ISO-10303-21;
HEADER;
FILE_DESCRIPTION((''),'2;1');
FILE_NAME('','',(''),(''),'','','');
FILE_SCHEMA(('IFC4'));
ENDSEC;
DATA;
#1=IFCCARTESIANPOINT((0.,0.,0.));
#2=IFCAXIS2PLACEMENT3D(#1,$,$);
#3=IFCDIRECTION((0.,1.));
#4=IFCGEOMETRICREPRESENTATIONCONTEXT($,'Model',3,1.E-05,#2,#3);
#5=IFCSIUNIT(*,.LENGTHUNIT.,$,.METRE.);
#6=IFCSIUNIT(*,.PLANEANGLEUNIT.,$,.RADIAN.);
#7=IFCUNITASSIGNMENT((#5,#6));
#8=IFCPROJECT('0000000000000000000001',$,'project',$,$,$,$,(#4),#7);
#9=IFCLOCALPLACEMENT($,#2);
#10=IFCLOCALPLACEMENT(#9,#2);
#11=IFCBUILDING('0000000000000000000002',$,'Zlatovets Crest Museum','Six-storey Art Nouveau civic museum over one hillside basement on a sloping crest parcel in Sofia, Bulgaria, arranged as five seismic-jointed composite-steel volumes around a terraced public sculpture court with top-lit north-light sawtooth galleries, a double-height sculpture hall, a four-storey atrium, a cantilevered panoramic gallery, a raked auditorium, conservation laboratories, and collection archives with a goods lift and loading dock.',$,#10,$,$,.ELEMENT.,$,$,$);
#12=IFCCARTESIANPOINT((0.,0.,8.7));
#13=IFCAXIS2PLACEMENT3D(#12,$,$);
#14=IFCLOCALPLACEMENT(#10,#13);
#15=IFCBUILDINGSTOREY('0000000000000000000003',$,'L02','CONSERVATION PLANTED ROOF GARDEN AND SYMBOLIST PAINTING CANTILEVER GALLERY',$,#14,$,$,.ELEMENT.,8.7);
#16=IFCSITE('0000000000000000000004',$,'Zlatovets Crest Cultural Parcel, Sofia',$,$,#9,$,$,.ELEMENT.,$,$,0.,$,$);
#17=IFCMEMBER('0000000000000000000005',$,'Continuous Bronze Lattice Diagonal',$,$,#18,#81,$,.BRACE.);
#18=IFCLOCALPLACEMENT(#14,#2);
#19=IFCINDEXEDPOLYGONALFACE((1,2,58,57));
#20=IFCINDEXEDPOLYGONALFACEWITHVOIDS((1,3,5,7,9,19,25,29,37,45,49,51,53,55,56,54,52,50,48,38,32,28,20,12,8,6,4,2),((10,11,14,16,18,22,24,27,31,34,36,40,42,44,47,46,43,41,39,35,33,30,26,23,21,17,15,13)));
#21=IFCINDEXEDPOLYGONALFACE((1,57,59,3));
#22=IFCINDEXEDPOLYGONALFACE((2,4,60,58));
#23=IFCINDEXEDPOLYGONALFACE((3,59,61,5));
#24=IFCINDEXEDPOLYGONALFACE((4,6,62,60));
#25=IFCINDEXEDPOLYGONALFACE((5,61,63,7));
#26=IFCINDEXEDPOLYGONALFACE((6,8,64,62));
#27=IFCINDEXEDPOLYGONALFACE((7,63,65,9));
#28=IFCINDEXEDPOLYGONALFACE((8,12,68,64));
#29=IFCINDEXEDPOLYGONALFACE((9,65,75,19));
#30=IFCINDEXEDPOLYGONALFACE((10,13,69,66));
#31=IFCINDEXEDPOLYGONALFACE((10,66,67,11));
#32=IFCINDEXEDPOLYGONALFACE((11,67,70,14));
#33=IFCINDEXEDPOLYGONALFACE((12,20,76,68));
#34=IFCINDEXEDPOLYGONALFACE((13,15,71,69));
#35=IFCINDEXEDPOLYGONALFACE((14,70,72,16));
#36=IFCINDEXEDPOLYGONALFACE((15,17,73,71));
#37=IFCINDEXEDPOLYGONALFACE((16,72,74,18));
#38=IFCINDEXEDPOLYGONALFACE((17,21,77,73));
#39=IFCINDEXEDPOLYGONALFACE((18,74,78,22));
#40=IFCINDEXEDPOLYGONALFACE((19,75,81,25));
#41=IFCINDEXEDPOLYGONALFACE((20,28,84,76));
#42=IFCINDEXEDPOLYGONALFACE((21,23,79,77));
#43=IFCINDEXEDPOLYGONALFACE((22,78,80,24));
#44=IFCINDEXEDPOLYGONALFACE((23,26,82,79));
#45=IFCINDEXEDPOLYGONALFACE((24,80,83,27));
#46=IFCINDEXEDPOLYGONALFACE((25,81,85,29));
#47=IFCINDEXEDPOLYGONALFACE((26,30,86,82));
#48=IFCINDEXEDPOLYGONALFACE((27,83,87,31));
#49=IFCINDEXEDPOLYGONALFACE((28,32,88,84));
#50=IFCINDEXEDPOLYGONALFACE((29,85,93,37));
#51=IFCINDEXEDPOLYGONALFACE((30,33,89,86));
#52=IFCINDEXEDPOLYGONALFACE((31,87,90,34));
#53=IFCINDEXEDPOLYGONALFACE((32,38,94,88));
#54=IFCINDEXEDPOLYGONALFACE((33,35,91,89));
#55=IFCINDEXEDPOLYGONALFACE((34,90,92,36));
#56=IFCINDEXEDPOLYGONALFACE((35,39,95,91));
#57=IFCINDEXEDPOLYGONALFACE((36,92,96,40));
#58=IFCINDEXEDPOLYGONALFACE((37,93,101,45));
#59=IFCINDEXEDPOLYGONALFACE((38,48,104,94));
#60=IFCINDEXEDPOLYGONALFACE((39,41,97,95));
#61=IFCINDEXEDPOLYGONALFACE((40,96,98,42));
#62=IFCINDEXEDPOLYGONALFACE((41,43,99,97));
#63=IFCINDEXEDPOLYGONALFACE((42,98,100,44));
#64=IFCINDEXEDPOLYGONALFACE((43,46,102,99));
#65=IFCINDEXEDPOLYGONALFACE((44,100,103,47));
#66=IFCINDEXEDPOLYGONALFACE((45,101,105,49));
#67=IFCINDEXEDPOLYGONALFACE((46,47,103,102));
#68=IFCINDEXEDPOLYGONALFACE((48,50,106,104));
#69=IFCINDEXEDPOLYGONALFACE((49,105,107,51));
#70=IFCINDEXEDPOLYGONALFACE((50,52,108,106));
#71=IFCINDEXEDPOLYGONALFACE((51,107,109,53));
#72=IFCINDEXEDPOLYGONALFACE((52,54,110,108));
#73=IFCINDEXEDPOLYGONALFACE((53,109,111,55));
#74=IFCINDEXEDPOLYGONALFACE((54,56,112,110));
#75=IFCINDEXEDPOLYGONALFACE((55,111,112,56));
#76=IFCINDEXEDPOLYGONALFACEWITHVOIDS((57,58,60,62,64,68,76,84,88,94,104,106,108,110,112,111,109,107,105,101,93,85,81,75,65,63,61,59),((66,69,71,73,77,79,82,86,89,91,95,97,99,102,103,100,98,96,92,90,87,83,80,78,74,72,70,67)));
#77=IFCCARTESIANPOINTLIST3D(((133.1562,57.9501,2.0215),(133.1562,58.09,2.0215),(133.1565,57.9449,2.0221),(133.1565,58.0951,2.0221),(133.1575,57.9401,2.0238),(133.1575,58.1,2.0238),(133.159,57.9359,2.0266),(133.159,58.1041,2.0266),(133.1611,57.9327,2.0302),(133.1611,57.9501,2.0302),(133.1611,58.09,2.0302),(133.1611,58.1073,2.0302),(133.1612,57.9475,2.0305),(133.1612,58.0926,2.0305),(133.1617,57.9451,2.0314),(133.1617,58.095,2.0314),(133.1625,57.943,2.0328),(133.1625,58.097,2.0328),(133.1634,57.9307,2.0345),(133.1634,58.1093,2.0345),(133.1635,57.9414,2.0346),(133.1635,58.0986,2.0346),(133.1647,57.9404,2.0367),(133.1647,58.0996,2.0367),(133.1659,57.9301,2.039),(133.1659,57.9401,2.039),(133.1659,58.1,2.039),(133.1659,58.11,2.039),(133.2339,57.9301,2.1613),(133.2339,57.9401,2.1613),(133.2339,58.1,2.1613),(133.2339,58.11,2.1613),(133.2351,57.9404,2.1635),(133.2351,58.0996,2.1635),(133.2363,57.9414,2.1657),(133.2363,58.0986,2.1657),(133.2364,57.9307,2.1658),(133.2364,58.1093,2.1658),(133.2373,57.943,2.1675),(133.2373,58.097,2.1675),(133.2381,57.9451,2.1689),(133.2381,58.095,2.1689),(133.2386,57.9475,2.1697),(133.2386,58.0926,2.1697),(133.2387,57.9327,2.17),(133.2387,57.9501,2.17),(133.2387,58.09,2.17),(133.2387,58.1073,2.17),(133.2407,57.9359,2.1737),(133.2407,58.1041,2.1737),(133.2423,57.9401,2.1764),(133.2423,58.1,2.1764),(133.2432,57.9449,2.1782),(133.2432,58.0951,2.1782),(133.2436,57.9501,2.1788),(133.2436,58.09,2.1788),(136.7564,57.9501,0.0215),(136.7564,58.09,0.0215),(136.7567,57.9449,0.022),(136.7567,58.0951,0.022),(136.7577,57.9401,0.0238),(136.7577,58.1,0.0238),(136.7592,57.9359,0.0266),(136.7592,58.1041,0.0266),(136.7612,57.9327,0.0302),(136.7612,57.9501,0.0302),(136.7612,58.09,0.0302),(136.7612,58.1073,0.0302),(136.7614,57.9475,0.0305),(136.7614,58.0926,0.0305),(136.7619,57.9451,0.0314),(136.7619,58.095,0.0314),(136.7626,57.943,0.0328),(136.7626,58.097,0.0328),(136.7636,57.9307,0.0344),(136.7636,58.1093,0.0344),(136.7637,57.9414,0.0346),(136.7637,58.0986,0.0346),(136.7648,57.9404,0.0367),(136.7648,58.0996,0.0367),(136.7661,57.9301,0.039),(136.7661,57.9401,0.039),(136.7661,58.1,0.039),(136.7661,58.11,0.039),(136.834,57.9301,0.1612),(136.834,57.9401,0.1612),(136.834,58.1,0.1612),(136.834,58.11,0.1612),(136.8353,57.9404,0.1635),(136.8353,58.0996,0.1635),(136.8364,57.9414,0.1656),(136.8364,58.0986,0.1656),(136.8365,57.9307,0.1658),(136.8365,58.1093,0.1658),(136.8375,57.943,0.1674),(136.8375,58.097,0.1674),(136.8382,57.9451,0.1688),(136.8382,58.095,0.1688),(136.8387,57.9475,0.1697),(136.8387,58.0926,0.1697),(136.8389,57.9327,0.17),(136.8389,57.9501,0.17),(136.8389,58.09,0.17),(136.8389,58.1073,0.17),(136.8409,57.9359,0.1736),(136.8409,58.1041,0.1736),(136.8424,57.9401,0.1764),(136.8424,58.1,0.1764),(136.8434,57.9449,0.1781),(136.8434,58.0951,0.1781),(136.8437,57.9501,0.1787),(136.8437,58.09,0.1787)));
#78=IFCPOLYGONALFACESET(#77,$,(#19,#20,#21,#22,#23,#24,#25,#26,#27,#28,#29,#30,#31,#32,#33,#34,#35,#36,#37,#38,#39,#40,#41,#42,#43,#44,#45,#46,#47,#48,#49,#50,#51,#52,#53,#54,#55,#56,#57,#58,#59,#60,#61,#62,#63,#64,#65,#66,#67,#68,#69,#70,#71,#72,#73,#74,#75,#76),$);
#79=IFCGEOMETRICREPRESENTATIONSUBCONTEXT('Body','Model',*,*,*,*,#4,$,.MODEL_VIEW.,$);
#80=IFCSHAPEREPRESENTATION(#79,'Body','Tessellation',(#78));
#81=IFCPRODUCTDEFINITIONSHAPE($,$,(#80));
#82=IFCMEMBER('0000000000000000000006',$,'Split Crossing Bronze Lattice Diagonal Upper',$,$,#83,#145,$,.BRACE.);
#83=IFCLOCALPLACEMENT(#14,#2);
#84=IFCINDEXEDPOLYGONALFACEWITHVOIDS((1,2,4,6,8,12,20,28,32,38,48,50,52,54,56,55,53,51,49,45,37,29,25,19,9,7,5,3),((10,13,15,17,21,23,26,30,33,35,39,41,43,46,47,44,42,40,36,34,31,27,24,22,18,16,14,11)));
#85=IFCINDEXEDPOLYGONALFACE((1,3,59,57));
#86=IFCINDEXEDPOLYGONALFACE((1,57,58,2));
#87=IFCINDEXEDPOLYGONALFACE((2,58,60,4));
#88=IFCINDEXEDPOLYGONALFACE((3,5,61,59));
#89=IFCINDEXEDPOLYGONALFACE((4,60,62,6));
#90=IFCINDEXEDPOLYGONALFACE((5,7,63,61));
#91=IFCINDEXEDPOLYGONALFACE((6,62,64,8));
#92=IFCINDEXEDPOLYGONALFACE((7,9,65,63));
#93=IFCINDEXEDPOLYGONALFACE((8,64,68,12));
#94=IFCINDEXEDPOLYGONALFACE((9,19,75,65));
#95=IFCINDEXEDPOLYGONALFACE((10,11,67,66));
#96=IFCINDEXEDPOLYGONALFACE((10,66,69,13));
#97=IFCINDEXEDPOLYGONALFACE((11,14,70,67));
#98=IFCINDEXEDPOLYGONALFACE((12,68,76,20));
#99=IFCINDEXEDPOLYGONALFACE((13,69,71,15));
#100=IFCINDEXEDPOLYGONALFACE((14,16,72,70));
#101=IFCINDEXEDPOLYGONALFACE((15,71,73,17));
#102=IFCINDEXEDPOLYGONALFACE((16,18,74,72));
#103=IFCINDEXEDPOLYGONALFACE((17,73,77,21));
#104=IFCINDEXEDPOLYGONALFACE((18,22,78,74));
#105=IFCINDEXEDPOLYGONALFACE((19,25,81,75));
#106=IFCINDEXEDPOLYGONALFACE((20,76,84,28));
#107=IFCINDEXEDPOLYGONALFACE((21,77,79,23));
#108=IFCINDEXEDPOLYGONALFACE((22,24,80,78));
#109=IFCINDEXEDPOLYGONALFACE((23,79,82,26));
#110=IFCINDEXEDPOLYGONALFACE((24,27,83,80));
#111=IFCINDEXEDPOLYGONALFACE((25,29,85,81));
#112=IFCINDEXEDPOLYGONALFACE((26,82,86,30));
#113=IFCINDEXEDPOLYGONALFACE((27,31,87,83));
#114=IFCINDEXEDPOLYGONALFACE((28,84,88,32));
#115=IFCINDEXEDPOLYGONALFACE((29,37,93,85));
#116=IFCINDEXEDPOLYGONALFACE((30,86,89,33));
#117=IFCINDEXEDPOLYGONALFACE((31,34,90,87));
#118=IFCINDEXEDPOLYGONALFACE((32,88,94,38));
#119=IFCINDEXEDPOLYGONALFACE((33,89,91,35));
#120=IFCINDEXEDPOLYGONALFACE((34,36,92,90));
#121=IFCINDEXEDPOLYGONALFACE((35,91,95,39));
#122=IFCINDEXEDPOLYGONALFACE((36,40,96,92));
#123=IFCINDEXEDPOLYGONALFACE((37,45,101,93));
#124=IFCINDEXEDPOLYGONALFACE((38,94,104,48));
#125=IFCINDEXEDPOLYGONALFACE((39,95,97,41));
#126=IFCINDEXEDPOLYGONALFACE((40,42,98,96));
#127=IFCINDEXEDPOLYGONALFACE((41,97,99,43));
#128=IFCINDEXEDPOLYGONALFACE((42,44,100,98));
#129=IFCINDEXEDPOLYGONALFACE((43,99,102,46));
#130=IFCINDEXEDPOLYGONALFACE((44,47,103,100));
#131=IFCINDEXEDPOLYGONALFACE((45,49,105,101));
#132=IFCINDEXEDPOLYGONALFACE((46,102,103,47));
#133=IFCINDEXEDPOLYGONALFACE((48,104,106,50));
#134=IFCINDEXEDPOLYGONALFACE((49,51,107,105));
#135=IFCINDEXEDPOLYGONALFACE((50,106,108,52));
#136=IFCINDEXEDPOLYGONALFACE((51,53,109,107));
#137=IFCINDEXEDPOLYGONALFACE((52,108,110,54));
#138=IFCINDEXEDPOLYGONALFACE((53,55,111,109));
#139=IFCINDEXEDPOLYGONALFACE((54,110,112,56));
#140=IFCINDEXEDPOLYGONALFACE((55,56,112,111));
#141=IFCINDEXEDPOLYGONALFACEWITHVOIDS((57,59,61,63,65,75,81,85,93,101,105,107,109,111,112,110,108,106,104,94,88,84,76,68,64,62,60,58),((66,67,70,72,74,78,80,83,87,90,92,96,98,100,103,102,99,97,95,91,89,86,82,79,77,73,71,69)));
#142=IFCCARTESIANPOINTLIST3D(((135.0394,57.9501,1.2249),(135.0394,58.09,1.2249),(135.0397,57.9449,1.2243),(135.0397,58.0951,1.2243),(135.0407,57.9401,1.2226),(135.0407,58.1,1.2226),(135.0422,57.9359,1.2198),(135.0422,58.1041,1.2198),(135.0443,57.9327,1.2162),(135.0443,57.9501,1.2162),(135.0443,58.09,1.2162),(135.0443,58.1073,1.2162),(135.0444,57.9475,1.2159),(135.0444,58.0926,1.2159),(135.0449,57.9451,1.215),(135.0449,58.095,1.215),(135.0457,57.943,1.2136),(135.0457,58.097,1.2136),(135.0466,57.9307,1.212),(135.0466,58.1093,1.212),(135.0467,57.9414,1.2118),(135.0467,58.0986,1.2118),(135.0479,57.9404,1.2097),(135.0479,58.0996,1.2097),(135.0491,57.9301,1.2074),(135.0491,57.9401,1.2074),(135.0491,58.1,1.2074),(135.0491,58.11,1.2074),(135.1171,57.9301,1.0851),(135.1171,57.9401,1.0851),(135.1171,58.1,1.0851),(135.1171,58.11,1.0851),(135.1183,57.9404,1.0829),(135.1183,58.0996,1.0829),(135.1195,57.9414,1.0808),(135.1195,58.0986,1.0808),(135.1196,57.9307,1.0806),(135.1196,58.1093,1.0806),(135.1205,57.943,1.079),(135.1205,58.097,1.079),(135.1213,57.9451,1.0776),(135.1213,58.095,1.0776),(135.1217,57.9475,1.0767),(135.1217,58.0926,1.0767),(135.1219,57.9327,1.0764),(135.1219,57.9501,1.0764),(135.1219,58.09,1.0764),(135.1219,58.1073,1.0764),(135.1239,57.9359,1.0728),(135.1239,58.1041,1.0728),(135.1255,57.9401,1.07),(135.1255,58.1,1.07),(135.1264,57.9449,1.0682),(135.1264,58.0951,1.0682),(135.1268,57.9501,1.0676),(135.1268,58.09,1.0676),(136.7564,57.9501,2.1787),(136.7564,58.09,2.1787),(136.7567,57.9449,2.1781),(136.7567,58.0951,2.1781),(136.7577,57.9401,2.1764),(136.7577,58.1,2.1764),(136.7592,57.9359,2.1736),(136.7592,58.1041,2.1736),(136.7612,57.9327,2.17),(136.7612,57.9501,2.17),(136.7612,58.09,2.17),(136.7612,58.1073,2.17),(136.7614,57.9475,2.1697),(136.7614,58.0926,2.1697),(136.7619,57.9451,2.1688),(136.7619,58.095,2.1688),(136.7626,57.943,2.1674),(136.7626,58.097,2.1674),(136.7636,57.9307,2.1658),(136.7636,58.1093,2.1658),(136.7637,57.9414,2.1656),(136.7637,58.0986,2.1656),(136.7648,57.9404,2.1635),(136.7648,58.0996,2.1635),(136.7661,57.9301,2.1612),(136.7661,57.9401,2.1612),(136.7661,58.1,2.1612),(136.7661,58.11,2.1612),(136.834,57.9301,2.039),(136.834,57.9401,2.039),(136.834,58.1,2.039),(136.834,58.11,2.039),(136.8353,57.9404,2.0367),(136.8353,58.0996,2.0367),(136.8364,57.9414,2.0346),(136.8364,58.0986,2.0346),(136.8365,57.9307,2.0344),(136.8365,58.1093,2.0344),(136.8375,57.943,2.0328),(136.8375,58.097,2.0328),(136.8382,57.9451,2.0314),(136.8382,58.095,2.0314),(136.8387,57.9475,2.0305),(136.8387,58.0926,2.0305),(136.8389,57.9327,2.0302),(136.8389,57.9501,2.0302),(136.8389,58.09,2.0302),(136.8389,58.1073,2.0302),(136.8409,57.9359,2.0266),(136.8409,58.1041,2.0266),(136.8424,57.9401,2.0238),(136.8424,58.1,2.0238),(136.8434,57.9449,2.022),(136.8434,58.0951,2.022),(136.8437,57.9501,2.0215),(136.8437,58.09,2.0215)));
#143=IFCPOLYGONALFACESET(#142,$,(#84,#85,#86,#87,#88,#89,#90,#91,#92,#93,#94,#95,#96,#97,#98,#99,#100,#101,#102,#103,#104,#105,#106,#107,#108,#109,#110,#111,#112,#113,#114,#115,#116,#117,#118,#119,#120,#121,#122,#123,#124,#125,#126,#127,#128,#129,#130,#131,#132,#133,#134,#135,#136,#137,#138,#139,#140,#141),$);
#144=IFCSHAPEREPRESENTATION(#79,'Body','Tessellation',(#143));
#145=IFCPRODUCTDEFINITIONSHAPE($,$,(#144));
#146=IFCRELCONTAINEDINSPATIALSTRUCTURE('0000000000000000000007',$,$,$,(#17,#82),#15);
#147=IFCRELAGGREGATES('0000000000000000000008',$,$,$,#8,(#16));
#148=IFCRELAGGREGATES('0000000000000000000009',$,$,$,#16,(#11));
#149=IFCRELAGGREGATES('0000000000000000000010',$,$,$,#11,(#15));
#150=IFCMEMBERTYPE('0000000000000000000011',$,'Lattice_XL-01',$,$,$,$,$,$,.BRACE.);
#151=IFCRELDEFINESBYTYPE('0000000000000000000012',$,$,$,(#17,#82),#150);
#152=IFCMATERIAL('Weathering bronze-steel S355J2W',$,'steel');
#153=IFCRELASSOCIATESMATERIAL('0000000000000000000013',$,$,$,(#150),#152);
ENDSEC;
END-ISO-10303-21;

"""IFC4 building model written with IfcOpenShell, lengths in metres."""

from ifc_helpers import new_model, si_unit, direction, frame, origin, origin_2d, place, context, subcontext, project, spatial, hollow_rectangle, extrude, material, material_profile, profile_set, type_object, element, save


model = new_model("IFC4")

# Units and contexts
model_context = context("Model", 3, precision=1e-05, world=origin(), true_north=direction((0.0, 1.0)))
body_context = subcontext(model_context, "Body", "Model", "MODEL_VIEW")
ifc_project = project(units=[si_unit("LENGTHUNIT", "METRE"), si_unit("PLANEANGLEUNIT", "RADIAN")], contexts=[model_context])

# Site, building, storey
site_placement = place(None, origin())
site = spatial("IfcSite", under=ifc_project, at=site_placement, Name="Zlatovets Crest Cultural Parcel, Sofia", CompositionType="ELEMENT", RefElevation=0.0)
building_placement = place(site_placement, origin())
building = spatial("IfcBuilding", under=site, at=building_placement, Name="Zlatovets Crest Museum", Description="Six-storey Art Nouveau civic museum over one hillside basement on a sloping crest parcel in Sofia, Bulgaria, arranged as five seismic-jointed composite-steel volumes around a terraced public sculpture court with top-lit north-light sawtooth galleries, a double-height sculpture hall, a four-storey atrium, a cantilevered panoramic gallery, a raked auditorium, conservation laboratories, and collection archives with a goods lift and loading dock.", CompositionType="ELEMENT")
storey_placement = place(building_placement, frame((0.0, 0.0, 8.7)))
storey = spatial("IfcBuildingStorey", under=building, at=storey_placement, Name="L02", Description="CONSERVATION PLANTED ROOF GARDEN AND SYMBOLIST PAINTING CANTILEVER GALLERY", CompositionType="ELEMENT", Elevation=8.7)

# Members
ifc_material_1 = material(Name="Weathering bronze-steel S355J2W", Category="steel")
ifc_material_profile_1 = material_profile(ifc_material_1, hollow_rectangle(XDim=0.1799, YDim=0.1799, WallThickness=0.01, InnerFilletRadius=0.01, OuterFilletRadius=0.02, at=origin_2d()), Name="SHS 180x180x10.0")
ifc_profile_set_1 = profile_set([ifc_material_profile_1], Name="Weathering bronze-steel S355J2W")
member_type_1 = type_object("IfcMemberType", Name="Lattice_XL-01", PredefinedType="BRACE", material=ifc_profile_set_1)
member_1_placement = place(storey_placement, frame((136.8, 58.02, 0.1001), z_axis=(-0.874163, 0.0, 0.485633), x_axis=(0.0, -1.0, 0.0)))
element("IfcMember", 1, at=member_1_placement, inside=storey, type_object=member_type_1, Name="Continuous Bronze Lattice Diagonal", PredefinedType="BRACE", context=body_context, shape_type="SweptSolid", body=[
    extrude(hollow_rectangle(XDim=0.1799, YDim=0.1799, WallThickness=0.01, InnerFilletRadius=0.01, OuterFilletRadius=0.02, at=origin_2d()), origin(), (0.0, 0.0, 1.0), 4.1184),
])
for number, where, z_axis, x_axis, name in (
    (2, (136.8, 58.02, 2.1001), (-0.874169, 0.0, -0.485622), (0.0, -1.0, 0.0), "Split Crossing Bronze Lattice Diagonal Upper"),
):
    element("IfcMember", number, at=place(storey_placement, frame(where, z_axis=z_axis, x_axis=x_axis)), inside=storey, type_object=member_type_1, Name=name, PredefinedType="BRACE", context=body_context, shape_type="SweptSolid", body=[
        extrude(hollow_rectangle(XDim=0.1799, YDim=0.1799, WallThickness=0.01, InnerFilletRadius=0.01, OuterFilletRadius=0.02, at=origin_2d()), origin(), (0.0, 0.0, 1.0), 1.9641),
    ])

save(model, "model.ifc")
